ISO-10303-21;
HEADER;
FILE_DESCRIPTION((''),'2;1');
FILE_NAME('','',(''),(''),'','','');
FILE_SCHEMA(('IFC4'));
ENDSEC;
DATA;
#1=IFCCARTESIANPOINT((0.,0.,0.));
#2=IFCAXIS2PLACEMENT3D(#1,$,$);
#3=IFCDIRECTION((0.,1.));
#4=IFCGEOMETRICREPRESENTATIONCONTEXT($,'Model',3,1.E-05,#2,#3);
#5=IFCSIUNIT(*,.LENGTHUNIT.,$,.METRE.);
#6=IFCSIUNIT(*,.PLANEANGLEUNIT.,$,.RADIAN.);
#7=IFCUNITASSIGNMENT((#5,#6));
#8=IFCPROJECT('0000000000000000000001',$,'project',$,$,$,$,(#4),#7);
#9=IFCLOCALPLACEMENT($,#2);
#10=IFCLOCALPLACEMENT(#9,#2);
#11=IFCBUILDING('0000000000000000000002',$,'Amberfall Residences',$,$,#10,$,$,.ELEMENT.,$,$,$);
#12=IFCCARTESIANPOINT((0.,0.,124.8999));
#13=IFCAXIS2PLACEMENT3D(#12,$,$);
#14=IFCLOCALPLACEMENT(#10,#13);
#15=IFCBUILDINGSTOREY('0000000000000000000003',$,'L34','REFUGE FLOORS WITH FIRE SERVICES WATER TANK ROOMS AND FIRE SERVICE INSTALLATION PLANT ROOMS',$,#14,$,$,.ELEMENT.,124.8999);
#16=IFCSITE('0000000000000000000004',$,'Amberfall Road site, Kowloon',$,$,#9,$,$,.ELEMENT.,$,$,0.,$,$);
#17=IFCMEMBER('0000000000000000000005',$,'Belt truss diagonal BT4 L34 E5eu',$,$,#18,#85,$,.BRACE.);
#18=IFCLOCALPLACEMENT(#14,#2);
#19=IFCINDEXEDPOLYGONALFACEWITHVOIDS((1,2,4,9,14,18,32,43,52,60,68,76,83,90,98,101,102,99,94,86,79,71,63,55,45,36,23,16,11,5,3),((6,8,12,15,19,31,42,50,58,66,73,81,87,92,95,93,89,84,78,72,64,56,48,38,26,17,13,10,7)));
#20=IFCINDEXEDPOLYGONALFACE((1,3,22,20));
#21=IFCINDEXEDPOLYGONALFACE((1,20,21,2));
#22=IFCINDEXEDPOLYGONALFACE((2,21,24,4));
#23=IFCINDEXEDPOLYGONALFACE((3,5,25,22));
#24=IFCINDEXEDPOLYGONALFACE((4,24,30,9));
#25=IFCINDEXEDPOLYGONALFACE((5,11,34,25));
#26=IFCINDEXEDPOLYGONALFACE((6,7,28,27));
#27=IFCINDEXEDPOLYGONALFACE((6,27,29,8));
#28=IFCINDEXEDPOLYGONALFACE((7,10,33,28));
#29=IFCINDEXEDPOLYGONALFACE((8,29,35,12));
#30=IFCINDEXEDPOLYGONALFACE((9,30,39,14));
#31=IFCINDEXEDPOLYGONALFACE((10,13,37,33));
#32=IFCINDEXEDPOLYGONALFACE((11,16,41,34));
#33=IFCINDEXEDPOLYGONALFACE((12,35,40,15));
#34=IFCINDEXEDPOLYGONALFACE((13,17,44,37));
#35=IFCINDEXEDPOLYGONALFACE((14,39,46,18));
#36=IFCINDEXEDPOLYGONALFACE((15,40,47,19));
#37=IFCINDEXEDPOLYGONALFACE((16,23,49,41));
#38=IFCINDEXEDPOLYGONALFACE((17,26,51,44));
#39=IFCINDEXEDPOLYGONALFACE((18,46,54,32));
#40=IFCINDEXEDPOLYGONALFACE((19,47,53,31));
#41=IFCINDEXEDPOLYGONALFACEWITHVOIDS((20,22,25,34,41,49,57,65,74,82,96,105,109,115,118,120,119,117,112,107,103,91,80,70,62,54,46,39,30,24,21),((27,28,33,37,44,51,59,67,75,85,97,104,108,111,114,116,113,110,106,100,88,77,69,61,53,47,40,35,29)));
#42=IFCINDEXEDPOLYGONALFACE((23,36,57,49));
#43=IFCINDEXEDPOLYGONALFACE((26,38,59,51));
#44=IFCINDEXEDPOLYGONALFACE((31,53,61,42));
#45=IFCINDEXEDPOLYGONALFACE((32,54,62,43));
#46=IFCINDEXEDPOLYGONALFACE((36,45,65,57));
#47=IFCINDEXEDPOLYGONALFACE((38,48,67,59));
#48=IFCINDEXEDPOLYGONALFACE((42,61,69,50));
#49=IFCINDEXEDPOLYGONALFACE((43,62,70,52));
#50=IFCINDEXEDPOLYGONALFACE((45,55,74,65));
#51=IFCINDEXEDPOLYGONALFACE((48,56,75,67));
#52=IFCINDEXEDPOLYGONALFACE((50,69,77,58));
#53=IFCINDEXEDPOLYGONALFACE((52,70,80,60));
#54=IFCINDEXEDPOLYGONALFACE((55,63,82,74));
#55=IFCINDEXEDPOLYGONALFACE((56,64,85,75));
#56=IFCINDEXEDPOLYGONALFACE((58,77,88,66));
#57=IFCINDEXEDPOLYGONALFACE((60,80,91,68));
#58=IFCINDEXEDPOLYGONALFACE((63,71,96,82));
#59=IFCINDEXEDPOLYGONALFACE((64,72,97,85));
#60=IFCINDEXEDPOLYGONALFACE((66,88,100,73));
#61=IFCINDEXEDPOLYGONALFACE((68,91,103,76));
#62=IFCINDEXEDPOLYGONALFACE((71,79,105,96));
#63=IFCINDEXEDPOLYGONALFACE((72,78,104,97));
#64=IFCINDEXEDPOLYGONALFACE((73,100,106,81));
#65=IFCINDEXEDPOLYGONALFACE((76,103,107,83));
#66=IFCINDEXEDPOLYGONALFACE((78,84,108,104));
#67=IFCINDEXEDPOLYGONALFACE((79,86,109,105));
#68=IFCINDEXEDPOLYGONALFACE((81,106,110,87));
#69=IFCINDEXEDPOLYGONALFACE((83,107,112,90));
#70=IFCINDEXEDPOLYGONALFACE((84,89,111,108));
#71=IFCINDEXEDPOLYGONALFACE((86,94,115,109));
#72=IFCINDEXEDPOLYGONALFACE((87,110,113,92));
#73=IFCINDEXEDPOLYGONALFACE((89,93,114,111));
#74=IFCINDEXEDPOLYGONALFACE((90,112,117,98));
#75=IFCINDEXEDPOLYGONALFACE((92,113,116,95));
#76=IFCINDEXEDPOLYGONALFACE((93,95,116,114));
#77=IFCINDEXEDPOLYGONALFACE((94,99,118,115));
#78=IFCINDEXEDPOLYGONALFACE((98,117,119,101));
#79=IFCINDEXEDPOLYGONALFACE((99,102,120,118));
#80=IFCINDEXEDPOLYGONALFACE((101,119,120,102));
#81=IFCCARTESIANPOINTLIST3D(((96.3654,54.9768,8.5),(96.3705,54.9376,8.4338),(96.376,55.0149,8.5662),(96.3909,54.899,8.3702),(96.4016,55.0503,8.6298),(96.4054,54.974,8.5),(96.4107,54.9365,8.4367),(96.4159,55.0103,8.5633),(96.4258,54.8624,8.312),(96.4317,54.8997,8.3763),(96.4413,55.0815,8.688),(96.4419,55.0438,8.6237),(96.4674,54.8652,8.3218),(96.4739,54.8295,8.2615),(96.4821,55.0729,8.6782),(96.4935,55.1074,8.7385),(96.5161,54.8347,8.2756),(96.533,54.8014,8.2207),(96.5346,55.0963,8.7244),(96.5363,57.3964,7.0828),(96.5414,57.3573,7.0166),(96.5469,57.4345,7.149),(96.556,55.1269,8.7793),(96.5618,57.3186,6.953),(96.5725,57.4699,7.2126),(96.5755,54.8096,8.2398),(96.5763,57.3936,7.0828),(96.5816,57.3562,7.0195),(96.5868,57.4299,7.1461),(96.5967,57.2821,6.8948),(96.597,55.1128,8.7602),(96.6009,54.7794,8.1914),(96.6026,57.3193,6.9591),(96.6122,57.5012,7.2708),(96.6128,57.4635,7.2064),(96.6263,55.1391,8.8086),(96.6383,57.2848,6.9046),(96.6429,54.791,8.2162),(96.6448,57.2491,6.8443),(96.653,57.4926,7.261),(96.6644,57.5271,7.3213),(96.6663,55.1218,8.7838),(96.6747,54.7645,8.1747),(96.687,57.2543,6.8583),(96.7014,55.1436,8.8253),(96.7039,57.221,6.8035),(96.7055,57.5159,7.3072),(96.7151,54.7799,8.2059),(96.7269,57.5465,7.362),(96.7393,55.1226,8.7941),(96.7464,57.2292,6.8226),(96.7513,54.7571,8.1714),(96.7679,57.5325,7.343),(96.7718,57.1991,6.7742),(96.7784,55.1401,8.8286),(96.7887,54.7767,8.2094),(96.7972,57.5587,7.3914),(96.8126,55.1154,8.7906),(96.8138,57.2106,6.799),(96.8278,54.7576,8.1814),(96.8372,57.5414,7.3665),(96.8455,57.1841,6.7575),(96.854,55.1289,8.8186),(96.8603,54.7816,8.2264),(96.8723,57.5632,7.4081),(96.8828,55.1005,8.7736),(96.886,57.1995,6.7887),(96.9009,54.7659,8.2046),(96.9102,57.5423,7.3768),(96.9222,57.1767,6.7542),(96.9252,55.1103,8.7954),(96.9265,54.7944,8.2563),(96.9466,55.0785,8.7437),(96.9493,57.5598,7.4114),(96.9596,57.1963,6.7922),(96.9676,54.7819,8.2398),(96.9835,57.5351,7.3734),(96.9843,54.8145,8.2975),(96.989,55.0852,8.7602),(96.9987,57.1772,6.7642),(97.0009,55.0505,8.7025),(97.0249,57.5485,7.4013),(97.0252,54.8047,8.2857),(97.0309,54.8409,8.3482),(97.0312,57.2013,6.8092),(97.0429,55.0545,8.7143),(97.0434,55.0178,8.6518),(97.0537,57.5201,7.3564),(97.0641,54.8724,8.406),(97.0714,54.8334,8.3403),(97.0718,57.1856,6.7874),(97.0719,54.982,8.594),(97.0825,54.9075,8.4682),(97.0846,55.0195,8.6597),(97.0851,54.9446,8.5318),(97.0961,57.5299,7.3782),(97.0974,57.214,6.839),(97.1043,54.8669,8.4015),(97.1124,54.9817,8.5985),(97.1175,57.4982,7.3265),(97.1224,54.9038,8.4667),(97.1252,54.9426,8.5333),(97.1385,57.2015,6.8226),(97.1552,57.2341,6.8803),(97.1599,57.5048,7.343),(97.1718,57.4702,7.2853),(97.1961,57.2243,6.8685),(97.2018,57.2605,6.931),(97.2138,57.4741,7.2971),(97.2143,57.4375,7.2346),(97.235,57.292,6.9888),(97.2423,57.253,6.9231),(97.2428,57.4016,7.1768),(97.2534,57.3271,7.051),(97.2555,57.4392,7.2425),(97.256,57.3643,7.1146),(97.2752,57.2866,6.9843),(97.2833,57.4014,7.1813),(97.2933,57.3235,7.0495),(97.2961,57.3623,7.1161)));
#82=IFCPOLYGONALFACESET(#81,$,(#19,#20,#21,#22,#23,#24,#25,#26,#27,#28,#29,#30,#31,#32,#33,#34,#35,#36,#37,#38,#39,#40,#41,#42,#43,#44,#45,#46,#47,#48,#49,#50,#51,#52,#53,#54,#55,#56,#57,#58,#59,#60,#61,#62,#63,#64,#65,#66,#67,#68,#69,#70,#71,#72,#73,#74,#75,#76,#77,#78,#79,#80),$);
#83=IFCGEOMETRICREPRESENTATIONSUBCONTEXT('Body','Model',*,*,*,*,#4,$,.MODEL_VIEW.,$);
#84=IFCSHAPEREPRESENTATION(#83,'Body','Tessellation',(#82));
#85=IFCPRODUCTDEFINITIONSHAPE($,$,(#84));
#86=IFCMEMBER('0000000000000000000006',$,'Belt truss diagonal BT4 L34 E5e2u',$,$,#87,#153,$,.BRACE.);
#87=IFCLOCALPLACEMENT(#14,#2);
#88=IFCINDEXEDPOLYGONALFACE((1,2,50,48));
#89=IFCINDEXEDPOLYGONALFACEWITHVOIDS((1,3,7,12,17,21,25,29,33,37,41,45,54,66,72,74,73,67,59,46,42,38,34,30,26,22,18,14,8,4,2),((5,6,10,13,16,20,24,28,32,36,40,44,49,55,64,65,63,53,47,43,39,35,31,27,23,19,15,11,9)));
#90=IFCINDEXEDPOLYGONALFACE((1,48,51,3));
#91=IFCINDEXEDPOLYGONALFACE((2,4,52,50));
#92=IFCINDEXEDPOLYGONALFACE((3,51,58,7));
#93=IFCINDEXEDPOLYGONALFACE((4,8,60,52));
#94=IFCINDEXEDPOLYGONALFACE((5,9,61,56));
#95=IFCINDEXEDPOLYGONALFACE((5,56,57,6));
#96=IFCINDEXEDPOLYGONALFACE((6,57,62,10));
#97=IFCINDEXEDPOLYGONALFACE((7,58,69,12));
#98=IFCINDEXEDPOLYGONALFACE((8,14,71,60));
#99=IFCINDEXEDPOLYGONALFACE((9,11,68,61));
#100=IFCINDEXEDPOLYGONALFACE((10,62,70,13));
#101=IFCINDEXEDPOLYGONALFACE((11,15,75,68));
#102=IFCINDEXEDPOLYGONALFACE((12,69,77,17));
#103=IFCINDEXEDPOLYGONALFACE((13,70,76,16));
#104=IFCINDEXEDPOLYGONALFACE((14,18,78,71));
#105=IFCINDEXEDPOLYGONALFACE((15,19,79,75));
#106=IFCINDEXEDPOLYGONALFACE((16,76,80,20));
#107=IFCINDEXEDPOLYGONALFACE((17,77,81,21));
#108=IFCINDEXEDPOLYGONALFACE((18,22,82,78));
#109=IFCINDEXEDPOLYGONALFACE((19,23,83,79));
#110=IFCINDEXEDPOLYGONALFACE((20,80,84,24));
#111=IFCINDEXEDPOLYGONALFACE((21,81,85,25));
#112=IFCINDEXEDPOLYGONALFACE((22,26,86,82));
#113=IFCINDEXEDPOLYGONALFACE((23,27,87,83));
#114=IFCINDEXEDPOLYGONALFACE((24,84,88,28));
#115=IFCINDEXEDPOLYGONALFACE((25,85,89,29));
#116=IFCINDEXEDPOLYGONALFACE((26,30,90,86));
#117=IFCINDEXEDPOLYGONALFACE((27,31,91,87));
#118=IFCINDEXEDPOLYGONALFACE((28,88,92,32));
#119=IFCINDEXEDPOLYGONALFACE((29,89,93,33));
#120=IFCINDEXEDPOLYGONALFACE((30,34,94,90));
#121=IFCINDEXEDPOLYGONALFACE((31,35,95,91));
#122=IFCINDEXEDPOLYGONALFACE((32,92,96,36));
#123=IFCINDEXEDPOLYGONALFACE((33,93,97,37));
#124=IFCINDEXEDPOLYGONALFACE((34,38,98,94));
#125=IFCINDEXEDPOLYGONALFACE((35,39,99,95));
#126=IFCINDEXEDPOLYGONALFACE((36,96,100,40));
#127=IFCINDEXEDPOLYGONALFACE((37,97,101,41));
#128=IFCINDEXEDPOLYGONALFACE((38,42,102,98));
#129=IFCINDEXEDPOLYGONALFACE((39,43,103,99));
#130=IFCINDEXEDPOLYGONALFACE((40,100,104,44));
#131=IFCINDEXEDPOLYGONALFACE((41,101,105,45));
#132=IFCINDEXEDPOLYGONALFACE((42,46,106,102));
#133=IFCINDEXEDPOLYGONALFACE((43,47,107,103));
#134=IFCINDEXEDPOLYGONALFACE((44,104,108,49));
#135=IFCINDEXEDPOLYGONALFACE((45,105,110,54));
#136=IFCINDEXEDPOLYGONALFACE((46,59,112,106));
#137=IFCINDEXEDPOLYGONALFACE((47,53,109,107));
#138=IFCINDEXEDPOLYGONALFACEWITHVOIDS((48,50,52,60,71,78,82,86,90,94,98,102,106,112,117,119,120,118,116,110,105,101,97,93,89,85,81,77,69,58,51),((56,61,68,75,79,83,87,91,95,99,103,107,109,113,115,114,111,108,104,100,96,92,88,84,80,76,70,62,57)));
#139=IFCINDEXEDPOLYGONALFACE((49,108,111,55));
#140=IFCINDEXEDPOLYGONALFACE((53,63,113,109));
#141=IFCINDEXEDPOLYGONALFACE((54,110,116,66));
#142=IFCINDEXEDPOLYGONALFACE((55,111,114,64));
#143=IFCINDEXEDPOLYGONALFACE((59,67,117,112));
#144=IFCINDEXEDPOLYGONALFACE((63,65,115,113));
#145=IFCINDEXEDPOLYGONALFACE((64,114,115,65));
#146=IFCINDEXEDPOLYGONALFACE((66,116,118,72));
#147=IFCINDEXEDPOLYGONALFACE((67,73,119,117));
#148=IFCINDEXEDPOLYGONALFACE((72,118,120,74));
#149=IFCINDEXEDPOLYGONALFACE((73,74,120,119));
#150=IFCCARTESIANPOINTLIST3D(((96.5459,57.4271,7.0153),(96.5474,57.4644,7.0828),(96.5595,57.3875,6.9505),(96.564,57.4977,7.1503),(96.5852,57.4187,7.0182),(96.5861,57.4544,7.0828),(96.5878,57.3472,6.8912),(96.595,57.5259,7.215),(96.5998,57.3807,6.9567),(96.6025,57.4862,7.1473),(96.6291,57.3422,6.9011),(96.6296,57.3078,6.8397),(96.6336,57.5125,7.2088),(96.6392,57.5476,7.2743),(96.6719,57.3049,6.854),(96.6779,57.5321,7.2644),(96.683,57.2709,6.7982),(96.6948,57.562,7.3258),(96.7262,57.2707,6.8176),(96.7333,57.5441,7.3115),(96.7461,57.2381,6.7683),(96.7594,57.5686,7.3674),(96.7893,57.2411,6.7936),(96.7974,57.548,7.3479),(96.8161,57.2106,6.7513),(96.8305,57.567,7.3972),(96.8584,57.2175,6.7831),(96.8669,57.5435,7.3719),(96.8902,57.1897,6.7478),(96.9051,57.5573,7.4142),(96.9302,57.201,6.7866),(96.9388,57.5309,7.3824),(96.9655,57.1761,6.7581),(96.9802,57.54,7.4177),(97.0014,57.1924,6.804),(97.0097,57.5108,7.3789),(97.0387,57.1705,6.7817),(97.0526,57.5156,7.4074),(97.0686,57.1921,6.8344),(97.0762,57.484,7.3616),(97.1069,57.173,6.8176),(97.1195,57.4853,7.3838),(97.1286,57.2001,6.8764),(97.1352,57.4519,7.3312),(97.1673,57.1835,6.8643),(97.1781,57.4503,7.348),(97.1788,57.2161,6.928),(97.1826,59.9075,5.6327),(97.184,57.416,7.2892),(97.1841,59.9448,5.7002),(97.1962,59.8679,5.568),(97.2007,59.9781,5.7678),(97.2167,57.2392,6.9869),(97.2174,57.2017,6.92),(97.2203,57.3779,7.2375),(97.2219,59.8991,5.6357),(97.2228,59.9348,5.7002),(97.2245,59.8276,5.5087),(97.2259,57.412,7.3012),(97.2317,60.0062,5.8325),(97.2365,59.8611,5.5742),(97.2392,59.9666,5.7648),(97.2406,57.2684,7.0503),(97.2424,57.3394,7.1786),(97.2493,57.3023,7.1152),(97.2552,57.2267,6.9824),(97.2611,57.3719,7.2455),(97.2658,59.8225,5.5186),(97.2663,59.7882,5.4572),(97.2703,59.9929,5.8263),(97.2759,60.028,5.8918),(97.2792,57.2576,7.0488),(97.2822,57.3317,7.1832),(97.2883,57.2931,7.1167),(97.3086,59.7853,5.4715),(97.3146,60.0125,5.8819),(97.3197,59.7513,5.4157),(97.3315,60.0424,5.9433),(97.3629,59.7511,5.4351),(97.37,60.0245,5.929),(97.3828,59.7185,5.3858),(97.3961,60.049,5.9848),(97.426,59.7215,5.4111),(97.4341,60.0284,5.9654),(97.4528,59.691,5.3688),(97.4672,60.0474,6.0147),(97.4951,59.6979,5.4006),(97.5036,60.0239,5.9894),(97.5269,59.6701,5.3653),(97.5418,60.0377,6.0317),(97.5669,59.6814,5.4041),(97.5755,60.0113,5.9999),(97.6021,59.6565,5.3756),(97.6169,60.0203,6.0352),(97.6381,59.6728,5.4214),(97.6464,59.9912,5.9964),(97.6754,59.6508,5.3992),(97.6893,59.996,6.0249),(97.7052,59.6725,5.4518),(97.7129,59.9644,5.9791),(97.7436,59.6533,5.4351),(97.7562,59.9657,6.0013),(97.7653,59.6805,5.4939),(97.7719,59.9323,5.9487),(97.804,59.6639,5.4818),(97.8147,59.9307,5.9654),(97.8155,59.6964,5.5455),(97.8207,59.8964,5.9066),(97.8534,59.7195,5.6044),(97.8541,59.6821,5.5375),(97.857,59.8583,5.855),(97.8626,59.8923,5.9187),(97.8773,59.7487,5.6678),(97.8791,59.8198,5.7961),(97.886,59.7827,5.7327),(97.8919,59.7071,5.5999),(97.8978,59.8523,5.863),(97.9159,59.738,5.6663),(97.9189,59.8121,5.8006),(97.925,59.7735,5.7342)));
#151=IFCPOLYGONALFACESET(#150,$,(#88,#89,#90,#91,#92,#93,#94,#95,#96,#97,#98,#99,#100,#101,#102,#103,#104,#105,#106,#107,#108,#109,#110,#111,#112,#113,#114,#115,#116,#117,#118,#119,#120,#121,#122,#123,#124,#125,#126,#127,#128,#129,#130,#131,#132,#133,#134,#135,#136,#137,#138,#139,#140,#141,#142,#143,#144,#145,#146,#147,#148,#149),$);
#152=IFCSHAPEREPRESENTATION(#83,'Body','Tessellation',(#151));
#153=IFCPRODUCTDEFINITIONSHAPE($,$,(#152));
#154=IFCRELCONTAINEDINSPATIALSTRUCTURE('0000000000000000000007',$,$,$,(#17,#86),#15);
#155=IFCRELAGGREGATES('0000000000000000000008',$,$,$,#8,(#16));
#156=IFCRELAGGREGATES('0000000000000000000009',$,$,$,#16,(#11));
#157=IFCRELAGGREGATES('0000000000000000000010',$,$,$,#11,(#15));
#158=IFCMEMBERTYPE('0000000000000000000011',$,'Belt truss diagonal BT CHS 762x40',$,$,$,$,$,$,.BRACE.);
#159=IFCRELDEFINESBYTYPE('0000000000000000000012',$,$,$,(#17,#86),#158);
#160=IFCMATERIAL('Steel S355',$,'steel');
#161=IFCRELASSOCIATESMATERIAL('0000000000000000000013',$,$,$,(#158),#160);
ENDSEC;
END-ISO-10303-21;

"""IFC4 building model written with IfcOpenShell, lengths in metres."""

from ifc_helpers import new_model, si_unit, direction, frame, origin, origin_2d, place, context, subcontext, project, spatial, hollow_circle, extrude, material, material_profile, profile_set, type_object, element, save


model = new_model("IFC4")

# Units and contexts
model_context = context("Model", 3, precision=1e-05, world=origin(), true_north=direction((0.0, 1.0)))
body_context = subcontext(model_context, "Body", "Model", "MODEL_VIEW")
ifc_project = project(units=[si_unit("LENGTHUNIT", "METRE"), si_unit("PLANEANGLEUNIT", "RADIAN")], contexts=[model_context])

# Site, building, storey
site_placement = place(None, origin())
site = spatial("IfcSite", under=ifc_project, at=site_placement, Name="Amberfall Road site, Kowloon", CompositionType="ELEMENT", RefElevation=0.0)
building_placement = place(site_placement, origin())
building = spatial("IfcBuilding", under=site, at=building_placement, Name="Amberfall Residences", CompositionType="ELEMENT")
storey_placement = place(building_placement, frame((0.0, 0.0, 124.8999)))
storey = spatial("IfcBuildingStorey", under=building, at=storey_placement, Name="L34", Description="REFUGE FLOORS WITH FIRE SERVICES WATER TANK ROOMS AND FIRE SERVICE INSTALLATION PLANT ROOMS", CompositionType="ELEMENT", Elevation=124.8999)

# Shared definitions
ifc_material_1 = material(Name="Steel S355", Category="steel")

# Members
ifc_material_profile_1 = material_profile(ifc_material_1, hollow_circle(Radius=0.3811, WallThickness=0.04, at=origin_2d()), Name="CHS 762x40")
ifc_profile_set_1 = profile_set([ifc_material_profile_1], Name="Steel S355")
member_type_1 = type_object("IfcMemberType", Name="Belt truss diagonal BT CHS 762x40", PredefinedType="BRACE", material=ifc_profile_set_1)
member_1_placement = place(storey_placement, frame((96.7456, 54.95, 8.5), z_axis=(0.060831, 0.861286, -0.504466), x_axis=(-0.997515, 0.070453, 0.0)))
element("IfcMember", 1, at=member_1_placement, inside=storey, type_object=member_type_1, Name="Belt truss diagonal BT4 L34 E5eu", PredefinedType="BRACE", context=body_context, shape_type="SweptSolid", body=[
    extrude(hollow_circle(Radius=0.3811, WallThickness=0.04, at=origin_2d()), origin(), (0.0, 0.0, 1.0), 2.8093),
])
member_2_placement = place(storey_placement, frame((96.9165, 57.3696, 7.0828), z_axis=(0.218784, 0.852318, -0.475066), x_axis=(-0.968598, 0.248632, 0.0)))
element("IfcMember", 2, at=member_2_placement, inside=storey, type_object=member_type_1, Name="Belt truss diagonal BT4 L34 E5e2u", PredefinedType="BRACE", context=body_context, shape_type="SweptSolid", body=[
    extrude(hollow_circle(Radius=0.3811, WallThickness=0.04, at=origin_2d()), origin(), (0.0, 0.0, 1.0), 2.9102),
])

save(model, "model.ifc")
